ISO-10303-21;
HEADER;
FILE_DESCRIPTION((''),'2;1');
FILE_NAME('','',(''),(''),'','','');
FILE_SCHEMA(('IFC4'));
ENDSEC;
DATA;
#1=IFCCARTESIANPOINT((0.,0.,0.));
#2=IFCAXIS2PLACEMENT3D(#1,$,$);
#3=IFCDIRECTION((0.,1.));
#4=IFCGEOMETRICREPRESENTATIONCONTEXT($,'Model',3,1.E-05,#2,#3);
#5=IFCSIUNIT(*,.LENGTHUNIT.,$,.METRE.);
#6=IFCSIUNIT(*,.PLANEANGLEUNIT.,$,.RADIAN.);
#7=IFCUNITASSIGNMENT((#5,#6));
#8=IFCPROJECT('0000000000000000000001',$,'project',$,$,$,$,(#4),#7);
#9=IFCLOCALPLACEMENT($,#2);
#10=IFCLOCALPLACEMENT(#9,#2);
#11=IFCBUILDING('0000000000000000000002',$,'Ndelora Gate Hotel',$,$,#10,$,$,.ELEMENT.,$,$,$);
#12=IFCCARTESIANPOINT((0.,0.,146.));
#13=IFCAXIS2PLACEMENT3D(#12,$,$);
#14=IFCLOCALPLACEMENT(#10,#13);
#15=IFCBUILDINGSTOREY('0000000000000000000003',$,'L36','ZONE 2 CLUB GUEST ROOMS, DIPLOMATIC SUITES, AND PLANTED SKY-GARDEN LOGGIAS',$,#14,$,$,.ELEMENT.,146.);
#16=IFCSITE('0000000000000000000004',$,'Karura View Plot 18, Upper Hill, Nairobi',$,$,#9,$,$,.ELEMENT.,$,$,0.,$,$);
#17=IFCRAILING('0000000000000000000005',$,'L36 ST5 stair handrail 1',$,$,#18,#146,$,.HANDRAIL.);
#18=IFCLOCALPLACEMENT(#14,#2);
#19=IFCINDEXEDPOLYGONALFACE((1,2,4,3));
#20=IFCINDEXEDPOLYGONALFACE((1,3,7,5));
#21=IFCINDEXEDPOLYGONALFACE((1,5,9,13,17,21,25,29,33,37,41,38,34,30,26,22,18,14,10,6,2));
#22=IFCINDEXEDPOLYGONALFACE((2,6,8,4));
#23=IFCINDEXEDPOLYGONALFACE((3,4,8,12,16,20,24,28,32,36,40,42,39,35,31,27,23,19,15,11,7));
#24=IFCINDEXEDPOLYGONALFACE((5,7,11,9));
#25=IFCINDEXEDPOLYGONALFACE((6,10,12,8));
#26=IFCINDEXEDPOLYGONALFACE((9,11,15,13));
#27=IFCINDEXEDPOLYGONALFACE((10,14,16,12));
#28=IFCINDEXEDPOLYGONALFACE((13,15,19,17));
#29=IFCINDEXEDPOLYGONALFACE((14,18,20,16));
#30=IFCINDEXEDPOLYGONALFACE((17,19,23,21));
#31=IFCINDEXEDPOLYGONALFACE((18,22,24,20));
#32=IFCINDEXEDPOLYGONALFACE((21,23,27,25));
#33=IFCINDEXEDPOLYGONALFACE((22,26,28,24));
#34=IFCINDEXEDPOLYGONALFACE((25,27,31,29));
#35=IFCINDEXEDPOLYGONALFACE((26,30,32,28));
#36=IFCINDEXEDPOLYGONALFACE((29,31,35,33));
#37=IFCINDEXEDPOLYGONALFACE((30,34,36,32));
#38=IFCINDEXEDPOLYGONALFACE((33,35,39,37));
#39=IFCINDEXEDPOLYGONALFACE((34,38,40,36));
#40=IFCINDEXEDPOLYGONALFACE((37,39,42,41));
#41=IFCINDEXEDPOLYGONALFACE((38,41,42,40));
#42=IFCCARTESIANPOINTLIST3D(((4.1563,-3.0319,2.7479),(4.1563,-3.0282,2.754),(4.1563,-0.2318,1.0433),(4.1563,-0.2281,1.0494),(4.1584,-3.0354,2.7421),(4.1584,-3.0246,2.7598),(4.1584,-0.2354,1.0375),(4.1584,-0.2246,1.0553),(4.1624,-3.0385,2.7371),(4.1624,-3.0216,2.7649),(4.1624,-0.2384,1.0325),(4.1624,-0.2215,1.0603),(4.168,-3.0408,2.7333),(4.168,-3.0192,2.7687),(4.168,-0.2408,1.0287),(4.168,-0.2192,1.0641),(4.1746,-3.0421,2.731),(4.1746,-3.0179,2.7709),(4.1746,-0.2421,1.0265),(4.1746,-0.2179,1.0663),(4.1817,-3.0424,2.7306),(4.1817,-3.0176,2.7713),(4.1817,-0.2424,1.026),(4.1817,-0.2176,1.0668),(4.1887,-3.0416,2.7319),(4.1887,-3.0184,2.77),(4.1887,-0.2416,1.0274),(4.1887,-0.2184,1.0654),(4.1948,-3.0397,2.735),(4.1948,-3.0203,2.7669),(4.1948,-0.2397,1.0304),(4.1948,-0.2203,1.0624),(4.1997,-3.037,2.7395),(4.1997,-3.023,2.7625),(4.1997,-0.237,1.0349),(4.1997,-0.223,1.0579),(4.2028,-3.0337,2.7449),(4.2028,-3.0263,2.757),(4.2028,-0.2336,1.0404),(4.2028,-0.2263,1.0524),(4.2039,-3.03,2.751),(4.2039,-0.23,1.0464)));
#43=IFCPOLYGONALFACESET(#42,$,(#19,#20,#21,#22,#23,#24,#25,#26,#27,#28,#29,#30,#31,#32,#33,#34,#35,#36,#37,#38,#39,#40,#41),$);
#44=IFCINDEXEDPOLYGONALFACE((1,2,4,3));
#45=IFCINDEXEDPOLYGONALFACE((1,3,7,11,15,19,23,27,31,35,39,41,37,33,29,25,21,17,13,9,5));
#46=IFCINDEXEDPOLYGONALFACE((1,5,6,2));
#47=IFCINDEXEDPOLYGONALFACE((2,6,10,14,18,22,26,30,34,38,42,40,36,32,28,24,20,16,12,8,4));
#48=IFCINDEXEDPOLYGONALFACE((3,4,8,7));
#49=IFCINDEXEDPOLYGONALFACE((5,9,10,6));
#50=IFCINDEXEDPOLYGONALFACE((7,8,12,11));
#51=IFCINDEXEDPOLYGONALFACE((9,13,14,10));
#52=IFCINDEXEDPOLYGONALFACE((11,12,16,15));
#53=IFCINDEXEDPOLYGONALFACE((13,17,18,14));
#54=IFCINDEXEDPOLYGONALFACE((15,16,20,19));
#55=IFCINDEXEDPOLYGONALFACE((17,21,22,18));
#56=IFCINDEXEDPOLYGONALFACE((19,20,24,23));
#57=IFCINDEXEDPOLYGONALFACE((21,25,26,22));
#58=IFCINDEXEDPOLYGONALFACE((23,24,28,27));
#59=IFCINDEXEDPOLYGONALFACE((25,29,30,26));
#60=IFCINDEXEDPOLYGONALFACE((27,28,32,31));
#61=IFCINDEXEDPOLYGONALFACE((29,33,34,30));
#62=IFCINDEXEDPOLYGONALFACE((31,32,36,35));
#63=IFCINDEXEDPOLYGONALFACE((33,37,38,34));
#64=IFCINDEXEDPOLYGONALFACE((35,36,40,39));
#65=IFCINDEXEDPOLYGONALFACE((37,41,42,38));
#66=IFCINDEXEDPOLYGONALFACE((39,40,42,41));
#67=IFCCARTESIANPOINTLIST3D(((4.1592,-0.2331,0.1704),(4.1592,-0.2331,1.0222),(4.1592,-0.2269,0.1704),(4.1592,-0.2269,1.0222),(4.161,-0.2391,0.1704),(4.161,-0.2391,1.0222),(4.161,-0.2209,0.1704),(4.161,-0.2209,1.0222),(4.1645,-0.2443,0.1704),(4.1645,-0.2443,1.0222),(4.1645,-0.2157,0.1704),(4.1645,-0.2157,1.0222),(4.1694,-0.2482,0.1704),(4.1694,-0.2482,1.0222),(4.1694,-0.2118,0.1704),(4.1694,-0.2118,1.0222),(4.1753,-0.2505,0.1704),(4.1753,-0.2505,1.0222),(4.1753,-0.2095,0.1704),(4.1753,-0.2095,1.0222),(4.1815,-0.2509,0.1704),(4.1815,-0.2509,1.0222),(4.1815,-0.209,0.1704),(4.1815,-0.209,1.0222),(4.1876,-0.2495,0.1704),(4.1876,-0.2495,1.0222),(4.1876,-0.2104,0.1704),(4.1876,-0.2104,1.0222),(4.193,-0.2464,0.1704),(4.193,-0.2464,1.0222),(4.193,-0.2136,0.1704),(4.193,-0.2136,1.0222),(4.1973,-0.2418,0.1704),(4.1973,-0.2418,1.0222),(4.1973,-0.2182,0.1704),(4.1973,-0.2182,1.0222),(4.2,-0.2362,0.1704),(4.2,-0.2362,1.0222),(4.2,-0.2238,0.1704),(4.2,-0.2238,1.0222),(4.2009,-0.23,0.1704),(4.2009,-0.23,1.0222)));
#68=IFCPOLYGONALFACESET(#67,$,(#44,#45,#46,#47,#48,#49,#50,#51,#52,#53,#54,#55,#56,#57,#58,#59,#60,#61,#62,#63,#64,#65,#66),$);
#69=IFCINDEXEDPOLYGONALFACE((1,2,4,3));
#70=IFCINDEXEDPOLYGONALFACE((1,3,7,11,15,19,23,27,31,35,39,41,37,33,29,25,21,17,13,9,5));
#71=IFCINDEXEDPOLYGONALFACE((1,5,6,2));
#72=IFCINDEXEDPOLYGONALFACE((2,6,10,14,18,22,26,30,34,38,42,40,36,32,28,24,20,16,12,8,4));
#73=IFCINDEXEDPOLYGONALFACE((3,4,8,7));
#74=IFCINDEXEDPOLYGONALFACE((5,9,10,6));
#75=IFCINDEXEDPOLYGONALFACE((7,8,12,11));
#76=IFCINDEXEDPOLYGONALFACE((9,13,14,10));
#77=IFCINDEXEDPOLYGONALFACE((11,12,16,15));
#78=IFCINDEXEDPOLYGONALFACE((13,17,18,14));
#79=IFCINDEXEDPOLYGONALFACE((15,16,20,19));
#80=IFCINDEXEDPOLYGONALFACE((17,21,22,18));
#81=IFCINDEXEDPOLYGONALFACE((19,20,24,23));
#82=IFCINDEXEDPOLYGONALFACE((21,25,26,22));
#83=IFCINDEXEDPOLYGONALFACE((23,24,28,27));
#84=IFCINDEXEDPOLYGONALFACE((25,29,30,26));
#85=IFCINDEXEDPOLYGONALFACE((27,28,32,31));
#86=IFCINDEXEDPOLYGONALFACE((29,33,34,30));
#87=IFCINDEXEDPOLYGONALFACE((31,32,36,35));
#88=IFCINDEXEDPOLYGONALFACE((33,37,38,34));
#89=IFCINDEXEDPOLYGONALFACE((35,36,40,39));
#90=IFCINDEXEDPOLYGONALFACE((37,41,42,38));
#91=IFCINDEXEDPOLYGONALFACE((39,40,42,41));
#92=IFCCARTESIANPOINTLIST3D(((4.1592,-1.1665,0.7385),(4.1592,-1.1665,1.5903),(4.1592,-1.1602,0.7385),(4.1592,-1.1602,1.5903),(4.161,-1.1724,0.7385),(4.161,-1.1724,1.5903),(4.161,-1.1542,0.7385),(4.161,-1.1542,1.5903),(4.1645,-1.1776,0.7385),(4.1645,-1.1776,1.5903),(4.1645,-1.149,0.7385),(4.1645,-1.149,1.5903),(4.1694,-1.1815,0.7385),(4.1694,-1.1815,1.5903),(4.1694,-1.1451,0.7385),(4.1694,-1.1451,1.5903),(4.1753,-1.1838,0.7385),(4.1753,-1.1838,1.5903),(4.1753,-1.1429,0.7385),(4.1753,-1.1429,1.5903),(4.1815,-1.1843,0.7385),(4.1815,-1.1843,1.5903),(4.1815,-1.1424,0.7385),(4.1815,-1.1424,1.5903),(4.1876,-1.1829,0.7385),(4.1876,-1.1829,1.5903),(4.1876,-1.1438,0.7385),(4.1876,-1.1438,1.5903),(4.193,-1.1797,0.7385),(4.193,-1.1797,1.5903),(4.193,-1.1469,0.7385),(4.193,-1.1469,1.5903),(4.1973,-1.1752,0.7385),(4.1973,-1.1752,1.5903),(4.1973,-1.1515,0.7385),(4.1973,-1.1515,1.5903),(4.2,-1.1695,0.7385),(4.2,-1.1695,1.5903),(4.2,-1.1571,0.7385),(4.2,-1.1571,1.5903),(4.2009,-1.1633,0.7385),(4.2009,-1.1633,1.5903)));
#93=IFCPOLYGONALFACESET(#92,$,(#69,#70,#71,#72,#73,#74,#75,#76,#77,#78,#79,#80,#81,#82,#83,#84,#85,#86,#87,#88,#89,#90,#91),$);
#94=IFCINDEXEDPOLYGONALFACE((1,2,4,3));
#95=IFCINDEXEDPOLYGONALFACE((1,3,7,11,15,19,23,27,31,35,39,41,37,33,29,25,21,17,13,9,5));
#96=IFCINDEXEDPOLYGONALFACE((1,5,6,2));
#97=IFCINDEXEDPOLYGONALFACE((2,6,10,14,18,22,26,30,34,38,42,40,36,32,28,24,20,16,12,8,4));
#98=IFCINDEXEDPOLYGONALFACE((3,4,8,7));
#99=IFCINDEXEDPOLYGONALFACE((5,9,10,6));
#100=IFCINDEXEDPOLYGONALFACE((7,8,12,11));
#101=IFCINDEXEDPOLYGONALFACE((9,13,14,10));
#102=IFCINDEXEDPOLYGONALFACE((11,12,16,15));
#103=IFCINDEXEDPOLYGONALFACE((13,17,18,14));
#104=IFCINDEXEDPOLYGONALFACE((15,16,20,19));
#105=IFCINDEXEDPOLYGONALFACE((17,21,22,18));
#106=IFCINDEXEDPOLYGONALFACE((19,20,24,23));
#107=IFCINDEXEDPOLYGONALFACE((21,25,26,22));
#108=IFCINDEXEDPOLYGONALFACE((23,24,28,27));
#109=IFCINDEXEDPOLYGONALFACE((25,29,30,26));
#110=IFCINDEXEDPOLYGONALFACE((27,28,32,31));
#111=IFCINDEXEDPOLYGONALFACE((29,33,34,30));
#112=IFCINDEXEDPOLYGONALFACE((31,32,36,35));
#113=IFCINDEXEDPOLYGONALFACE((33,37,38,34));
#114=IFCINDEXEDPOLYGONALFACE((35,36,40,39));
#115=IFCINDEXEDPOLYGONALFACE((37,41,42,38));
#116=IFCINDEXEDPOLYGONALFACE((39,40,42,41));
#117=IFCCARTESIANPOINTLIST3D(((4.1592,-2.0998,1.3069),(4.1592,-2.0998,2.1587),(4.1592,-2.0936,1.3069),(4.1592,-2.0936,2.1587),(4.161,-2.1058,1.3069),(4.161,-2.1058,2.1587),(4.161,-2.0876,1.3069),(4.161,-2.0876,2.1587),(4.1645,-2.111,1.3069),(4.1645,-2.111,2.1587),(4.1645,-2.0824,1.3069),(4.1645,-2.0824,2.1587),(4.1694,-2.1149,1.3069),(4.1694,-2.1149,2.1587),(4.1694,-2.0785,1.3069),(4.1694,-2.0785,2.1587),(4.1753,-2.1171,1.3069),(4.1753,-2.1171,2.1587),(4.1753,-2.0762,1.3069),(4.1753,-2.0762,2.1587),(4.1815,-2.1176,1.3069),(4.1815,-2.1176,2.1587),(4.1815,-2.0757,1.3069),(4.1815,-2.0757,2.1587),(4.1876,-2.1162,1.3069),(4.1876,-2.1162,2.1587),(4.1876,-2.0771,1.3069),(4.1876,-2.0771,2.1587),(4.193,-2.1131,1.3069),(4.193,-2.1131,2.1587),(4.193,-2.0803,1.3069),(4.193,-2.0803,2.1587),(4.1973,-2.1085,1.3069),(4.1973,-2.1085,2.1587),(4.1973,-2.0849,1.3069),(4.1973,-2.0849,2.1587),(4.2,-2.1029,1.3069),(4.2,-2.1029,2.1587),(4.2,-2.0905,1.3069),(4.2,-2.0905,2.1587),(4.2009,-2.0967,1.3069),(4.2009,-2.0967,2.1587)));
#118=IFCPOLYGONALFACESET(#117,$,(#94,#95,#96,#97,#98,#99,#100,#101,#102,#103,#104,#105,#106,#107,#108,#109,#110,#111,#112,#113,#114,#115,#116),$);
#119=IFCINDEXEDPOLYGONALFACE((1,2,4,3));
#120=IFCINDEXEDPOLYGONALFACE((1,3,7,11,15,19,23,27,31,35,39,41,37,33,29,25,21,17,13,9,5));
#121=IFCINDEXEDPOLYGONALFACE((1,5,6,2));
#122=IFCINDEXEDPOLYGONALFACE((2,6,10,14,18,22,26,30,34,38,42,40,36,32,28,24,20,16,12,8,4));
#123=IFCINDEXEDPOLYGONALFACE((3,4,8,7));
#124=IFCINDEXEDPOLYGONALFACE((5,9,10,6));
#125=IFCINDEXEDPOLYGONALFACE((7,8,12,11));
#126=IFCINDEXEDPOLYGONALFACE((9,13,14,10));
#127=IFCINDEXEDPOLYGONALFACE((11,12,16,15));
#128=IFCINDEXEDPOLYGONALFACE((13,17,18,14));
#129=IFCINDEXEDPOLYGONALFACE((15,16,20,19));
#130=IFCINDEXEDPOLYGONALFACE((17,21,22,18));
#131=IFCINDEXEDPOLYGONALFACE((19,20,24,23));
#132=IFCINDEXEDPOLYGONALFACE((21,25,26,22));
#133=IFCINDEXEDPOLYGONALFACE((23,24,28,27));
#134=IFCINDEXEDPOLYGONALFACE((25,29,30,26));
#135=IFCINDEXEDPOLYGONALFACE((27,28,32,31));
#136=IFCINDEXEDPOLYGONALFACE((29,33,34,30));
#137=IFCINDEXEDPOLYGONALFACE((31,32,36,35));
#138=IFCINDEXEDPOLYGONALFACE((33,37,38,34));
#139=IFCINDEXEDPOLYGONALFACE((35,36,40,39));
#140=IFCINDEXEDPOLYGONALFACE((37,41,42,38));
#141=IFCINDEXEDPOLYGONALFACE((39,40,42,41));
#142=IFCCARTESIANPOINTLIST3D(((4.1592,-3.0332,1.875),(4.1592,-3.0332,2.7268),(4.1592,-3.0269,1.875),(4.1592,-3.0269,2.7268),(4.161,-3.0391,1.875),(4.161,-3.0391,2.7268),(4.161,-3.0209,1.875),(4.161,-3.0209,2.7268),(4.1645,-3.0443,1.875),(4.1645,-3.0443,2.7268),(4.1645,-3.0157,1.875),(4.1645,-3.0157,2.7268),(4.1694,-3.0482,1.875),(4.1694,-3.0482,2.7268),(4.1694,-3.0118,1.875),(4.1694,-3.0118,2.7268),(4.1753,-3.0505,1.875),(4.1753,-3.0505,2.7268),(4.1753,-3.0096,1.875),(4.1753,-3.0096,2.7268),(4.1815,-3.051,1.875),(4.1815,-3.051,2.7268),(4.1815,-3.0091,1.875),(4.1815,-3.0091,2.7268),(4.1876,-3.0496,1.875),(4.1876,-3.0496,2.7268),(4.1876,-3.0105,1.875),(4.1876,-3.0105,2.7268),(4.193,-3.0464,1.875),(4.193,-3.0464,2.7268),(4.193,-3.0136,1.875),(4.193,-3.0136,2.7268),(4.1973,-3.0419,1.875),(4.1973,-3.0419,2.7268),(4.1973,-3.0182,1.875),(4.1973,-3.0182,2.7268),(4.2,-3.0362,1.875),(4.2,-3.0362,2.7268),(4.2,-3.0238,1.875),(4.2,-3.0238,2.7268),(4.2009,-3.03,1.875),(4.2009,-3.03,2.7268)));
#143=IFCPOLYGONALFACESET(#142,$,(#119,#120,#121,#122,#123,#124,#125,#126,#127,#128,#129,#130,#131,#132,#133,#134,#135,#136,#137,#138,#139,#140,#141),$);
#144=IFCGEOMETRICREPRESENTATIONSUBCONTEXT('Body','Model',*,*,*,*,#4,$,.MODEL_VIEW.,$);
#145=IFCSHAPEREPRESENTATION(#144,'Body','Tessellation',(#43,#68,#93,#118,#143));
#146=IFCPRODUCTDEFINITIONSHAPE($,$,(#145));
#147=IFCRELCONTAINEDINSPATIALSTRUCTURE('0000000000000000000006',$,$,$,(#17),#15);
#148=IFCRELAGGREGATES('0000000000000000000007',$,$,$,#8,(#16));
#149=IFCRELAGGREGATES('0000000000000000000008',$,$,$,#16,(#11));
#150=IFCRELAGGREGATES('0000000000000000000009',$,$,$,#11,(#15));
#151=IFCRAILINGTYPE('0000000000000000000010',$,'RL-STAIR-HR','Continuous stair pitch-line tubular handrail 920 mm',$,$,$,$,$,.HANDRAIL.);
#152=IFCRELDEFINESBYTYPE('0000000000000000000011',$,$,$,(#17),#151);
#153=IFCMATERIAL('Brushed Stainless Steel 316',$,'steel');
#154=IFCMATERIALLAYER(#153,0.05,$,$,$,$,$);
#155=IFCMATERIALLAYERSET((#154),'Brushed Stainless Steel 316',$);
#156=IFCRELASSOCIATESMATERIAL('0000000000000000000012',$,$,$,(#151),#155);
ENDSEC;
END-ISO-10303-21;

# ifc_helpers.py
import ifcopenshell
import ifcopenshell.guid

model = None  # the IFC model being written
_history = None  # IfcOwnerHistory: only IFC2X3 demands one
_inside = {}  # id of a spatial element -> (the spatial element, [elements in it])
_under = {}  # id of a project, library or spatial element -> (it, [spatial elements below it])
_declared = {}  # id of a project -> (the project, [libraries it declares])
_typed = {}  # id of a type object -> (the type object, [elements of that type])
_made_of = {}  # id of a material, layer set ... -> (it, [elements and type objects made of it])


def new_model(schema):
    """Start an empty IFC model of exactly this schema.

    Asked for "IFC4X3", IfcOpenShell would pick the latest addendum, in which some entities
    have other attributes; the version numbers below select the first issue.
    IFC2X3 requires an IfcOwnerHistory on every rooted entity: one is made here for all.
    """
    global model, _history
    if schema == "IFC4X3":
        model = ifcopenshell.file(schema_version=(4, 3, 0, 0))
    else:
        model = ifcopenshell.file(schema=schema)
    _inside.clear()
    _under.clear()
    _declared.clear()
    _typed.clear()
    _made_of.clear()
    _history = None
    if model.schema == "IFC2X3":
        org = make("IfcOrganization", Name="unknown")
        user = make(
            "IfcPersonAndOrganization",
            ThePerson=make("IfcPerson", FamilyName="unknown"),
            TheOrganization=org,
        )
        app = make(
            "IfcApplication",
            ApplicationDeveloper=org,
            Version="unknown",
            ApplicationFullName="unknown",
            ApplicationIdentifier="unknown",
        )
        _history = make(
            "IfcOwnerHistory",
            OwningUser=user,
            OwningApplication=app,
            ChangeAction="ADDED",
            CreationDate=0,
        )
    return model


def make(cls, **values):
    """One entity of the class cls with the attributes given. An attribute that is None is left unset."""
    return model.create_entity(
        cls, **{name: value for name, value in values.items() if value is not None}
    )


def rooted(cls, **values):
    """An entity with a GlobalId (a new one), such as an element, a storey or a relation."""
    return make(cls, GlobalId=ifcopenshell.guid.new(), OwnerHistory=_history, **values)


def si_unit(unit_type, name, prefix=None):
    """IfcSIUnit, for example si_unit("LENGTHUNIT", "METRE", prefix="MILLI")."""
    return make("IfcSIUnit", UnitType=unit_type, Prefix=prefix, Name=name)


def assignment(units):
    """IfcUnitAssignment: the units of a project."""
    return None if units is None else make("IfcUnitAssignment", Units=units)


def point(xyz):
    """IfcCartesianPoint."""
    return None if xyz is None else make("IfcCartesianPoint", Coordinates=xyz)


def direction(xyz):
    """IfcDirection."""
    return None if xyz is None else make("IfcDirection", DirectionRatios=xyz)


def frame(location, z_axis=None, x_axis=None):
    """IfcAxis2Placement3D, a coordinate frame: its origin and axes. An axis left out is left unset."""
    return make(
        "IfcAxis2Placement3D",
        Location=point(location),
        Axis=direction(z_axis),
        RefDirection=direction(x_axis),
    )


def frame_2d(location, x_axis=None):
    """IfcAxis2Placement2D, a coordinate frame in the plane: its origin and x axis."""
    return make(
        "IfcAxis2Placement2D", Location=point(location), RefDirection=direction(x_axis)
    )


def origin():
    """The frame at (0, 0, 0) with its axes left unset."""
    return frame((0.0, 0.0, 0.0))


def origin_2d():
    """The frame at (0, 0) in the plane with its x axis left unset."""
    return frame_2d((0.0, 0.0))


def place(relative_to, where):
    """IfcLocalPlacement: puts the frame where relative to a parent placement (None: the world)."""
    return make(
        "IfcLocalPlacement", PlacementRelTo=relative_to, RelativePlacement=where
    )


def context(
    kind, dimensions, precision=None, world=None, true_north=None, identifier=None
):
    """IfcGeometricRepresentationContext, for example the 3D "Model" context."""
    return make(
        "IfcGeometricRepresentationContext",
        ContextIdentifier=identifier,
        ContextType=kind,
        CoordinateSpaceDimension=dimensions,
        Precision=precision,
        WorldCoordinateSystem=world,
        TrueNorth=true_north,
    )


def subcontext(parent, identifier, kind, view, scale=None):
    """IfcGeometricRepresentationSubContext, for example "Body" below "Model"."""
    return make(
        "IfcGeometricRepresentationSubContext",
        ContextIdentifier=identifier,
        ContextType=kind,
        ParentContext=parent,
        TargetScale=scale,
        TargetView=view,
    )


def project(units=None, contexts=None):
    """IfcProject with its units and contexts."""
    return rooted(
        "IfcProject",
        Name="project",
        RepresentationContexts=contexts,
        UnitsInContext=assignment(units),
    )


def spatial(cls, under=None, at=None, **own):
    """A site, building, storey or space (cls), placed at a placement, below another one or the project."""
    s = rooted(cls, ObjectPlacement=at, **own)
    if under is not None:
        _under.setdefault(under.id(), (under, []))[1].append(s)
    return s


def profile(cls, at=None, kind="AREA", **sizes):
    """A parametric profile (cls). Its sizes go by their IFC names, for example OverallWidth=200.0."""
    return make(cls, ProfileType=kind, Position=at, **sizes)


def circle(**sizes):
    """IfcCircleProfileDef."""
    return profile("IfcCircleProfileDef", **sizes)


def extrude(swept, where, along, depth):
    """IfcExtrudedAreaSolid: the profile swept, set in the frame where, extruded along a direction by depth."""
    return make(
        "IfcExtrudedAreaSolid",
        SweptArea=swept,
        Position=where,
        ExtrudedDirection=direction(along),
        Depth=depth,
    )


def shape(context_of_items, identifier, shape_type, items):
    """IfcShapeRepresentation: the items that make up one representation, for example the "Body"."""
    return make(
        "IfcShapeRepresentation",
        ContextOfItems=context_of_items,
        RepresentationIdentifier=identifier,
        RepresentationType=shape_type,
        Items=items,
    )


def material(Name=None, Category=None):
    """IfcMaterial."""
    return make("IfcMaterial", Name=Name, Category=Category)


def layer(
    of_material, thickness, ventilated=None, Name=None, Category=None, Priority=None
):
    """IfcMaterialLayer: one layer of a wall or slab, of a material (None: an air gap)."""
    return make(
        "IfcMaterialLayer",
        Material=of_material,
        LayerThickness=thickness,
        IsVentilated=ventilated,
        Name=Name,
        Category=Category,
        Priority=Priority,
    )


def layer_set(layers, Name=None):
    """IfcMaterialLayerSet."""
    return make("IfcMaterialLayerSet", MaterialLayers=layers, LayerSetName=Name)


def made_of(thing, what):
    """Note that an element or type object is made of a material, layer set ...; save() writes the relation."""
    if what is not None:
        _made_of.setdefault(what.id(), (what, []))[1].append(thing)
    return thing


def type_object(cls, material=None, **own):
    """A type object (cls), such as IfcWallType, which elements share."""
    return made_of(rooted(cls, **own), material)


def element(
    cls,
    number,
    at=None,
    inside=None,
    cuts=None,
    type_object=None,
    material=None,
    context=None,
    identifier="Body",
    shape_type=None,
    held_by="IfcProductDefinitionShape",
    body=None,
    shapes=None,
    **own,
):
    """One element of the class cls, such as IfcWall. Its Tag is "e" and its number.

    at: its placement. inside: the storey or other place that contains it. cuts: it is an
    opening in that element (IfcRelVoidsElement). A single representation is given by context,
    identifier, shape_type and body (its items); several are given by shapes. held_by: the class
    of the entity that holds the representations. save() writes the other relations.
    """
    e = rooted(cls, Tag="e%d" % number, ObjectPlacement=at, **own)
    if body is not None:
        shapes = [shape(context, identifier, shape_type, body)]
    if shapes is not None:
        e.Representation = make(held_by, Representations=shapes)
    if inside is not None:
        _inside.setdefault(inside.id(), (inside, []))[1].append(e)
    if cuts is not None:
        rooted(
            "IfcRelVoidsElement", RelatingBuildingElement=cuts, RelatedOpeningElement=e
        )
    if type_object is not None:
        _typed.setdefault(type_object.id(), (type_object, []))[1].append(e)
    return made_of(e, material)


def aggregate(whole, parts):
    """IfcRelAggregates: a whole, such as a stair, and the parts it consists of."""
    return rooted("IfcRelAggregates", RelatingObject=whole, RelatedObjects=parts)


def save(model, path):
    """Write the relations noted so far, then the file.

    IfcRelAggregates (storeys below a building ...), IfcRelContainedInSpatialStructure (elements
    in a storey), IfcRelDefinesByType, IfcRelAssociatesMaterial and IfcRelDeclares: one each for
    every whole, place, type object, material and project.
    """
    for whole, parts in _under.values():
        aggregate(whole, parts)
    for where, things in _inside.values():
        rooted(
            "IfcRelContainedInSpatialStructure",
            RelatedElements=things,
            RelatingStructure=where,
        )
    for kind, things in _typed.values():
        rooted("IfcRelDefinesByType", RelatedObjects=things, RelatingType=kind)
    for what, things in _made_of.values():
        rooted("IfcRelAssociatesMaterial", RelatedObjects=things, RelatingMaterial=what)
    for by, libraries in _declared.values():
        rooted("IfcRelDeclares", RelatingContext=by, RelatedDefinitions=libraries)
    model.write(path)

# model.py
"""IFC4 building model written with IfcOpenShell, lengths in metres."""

from ifc_helpers import new_model, si_unit, direction, frame, origin, origin_2d, place, context, subcontext, project, spatial, circle, extrude, material, layer, layer_set, type_object, element, save


model = new_model("IFC4")

# Units and contexts
model_context = context("Model", 3, precision=1e-05, world=origin(), true_north=direction((0.0, 1.0)))
body_context = subcontext(model_context, "Body", "Model", "MODEL_VIEW")
ifc_project = project(units=[si_unit("LENGTHUNIT", "METRE"), si_unit("PLANEANGLEUNIT", "RADIAN")], contexts=[model_context])

# Site, building, storey
site_placement = place(None, origin())
site = spatial("IfcSite", under=ifc_project, at=site_placement, Name="Karura View Plot 18, Upper Hill, Nairobi", CompositionType="ELEMENT", RefElevation=0.0)
building_placement = place(site_placement, origin())
building = spatial("IfcBuilding", under=site, at=building_placement, Name="Ndelora Gate Hotel", CompositionType="ELEMENT")
storey_placement = place(building_placement, frame((0.0, 0.0, 146.0)))
storey = spatial("IfcBuildingStorey", under=building, at=storey_placement, Name="L36", Description="ZONE 2 CLUB GUEST ROOMS, DIPLOMATIC SUITES, AND PLANTED SKY-GARDEN LOGGIAS", CompositionType="ELEMENT", Elevation=146.0)

# Railing
ifc_material_1 = material(Name="Brushed Stainless Steel 316", Category="steel")
ifc_layer_1 = layer(ifc_material_1, 0.05)
ifc_layer_set_1 = layer_set([ifc_layer_1], Name="Brushed Stainless Steel 316")
railing_type_1 = type_object("IfcRailingType", Name="RL-STAIR-HR", Description="Continuous stair pitch-line tubular handrail 920 mm", PredefinedType="HANDRAIL", material=ifc_layer_set_1)
railing_1_placement = place(storey_placement, frame((4.1799, -0.23, 0.1704)))
element("IfcRailing", 1, at=railing_1_placement, inside=storey, type_object=railing_type_1, Name="L36 ST5 stair handrail 1", PredefinedType="HANDRAIL", context=body_context, shape_type="SweptSolid", body=[
    extrude(circle(Radius=0.0239, at=origin_2d()), frame((0.0, 0.0, 0.876), z_axis=(0.0, -0.85417, 0.519994), x_axis=(1.0, 0.0, 0.0)), (0.0, 0.0, 1.0), 3.2781),
    extrude(circle(Radius=0.021, at=origin_2d()), origin(), (0.0, 0.0, 1.0), 0.8518),
    extrude(circle(Radius=0.021, at=origin_2d()), frame((0.0, -0.9333, 0.5681)), (0.0, 0.0, 1.0), 0.8518),
    extrude(circle(Radius=0.021, at=origin_2d()), frame((0.0, -1.8667, 1.1365)), (0.0, 0.0, 1.0), 0.8518),
    extrude(circle(Radius=0.021, at=origin_2d()), frame((0.0, -2.8, 1.7046)), (0.0, 0.0, 1.0), 0.8518),
])

save(model, "model.ifc")
